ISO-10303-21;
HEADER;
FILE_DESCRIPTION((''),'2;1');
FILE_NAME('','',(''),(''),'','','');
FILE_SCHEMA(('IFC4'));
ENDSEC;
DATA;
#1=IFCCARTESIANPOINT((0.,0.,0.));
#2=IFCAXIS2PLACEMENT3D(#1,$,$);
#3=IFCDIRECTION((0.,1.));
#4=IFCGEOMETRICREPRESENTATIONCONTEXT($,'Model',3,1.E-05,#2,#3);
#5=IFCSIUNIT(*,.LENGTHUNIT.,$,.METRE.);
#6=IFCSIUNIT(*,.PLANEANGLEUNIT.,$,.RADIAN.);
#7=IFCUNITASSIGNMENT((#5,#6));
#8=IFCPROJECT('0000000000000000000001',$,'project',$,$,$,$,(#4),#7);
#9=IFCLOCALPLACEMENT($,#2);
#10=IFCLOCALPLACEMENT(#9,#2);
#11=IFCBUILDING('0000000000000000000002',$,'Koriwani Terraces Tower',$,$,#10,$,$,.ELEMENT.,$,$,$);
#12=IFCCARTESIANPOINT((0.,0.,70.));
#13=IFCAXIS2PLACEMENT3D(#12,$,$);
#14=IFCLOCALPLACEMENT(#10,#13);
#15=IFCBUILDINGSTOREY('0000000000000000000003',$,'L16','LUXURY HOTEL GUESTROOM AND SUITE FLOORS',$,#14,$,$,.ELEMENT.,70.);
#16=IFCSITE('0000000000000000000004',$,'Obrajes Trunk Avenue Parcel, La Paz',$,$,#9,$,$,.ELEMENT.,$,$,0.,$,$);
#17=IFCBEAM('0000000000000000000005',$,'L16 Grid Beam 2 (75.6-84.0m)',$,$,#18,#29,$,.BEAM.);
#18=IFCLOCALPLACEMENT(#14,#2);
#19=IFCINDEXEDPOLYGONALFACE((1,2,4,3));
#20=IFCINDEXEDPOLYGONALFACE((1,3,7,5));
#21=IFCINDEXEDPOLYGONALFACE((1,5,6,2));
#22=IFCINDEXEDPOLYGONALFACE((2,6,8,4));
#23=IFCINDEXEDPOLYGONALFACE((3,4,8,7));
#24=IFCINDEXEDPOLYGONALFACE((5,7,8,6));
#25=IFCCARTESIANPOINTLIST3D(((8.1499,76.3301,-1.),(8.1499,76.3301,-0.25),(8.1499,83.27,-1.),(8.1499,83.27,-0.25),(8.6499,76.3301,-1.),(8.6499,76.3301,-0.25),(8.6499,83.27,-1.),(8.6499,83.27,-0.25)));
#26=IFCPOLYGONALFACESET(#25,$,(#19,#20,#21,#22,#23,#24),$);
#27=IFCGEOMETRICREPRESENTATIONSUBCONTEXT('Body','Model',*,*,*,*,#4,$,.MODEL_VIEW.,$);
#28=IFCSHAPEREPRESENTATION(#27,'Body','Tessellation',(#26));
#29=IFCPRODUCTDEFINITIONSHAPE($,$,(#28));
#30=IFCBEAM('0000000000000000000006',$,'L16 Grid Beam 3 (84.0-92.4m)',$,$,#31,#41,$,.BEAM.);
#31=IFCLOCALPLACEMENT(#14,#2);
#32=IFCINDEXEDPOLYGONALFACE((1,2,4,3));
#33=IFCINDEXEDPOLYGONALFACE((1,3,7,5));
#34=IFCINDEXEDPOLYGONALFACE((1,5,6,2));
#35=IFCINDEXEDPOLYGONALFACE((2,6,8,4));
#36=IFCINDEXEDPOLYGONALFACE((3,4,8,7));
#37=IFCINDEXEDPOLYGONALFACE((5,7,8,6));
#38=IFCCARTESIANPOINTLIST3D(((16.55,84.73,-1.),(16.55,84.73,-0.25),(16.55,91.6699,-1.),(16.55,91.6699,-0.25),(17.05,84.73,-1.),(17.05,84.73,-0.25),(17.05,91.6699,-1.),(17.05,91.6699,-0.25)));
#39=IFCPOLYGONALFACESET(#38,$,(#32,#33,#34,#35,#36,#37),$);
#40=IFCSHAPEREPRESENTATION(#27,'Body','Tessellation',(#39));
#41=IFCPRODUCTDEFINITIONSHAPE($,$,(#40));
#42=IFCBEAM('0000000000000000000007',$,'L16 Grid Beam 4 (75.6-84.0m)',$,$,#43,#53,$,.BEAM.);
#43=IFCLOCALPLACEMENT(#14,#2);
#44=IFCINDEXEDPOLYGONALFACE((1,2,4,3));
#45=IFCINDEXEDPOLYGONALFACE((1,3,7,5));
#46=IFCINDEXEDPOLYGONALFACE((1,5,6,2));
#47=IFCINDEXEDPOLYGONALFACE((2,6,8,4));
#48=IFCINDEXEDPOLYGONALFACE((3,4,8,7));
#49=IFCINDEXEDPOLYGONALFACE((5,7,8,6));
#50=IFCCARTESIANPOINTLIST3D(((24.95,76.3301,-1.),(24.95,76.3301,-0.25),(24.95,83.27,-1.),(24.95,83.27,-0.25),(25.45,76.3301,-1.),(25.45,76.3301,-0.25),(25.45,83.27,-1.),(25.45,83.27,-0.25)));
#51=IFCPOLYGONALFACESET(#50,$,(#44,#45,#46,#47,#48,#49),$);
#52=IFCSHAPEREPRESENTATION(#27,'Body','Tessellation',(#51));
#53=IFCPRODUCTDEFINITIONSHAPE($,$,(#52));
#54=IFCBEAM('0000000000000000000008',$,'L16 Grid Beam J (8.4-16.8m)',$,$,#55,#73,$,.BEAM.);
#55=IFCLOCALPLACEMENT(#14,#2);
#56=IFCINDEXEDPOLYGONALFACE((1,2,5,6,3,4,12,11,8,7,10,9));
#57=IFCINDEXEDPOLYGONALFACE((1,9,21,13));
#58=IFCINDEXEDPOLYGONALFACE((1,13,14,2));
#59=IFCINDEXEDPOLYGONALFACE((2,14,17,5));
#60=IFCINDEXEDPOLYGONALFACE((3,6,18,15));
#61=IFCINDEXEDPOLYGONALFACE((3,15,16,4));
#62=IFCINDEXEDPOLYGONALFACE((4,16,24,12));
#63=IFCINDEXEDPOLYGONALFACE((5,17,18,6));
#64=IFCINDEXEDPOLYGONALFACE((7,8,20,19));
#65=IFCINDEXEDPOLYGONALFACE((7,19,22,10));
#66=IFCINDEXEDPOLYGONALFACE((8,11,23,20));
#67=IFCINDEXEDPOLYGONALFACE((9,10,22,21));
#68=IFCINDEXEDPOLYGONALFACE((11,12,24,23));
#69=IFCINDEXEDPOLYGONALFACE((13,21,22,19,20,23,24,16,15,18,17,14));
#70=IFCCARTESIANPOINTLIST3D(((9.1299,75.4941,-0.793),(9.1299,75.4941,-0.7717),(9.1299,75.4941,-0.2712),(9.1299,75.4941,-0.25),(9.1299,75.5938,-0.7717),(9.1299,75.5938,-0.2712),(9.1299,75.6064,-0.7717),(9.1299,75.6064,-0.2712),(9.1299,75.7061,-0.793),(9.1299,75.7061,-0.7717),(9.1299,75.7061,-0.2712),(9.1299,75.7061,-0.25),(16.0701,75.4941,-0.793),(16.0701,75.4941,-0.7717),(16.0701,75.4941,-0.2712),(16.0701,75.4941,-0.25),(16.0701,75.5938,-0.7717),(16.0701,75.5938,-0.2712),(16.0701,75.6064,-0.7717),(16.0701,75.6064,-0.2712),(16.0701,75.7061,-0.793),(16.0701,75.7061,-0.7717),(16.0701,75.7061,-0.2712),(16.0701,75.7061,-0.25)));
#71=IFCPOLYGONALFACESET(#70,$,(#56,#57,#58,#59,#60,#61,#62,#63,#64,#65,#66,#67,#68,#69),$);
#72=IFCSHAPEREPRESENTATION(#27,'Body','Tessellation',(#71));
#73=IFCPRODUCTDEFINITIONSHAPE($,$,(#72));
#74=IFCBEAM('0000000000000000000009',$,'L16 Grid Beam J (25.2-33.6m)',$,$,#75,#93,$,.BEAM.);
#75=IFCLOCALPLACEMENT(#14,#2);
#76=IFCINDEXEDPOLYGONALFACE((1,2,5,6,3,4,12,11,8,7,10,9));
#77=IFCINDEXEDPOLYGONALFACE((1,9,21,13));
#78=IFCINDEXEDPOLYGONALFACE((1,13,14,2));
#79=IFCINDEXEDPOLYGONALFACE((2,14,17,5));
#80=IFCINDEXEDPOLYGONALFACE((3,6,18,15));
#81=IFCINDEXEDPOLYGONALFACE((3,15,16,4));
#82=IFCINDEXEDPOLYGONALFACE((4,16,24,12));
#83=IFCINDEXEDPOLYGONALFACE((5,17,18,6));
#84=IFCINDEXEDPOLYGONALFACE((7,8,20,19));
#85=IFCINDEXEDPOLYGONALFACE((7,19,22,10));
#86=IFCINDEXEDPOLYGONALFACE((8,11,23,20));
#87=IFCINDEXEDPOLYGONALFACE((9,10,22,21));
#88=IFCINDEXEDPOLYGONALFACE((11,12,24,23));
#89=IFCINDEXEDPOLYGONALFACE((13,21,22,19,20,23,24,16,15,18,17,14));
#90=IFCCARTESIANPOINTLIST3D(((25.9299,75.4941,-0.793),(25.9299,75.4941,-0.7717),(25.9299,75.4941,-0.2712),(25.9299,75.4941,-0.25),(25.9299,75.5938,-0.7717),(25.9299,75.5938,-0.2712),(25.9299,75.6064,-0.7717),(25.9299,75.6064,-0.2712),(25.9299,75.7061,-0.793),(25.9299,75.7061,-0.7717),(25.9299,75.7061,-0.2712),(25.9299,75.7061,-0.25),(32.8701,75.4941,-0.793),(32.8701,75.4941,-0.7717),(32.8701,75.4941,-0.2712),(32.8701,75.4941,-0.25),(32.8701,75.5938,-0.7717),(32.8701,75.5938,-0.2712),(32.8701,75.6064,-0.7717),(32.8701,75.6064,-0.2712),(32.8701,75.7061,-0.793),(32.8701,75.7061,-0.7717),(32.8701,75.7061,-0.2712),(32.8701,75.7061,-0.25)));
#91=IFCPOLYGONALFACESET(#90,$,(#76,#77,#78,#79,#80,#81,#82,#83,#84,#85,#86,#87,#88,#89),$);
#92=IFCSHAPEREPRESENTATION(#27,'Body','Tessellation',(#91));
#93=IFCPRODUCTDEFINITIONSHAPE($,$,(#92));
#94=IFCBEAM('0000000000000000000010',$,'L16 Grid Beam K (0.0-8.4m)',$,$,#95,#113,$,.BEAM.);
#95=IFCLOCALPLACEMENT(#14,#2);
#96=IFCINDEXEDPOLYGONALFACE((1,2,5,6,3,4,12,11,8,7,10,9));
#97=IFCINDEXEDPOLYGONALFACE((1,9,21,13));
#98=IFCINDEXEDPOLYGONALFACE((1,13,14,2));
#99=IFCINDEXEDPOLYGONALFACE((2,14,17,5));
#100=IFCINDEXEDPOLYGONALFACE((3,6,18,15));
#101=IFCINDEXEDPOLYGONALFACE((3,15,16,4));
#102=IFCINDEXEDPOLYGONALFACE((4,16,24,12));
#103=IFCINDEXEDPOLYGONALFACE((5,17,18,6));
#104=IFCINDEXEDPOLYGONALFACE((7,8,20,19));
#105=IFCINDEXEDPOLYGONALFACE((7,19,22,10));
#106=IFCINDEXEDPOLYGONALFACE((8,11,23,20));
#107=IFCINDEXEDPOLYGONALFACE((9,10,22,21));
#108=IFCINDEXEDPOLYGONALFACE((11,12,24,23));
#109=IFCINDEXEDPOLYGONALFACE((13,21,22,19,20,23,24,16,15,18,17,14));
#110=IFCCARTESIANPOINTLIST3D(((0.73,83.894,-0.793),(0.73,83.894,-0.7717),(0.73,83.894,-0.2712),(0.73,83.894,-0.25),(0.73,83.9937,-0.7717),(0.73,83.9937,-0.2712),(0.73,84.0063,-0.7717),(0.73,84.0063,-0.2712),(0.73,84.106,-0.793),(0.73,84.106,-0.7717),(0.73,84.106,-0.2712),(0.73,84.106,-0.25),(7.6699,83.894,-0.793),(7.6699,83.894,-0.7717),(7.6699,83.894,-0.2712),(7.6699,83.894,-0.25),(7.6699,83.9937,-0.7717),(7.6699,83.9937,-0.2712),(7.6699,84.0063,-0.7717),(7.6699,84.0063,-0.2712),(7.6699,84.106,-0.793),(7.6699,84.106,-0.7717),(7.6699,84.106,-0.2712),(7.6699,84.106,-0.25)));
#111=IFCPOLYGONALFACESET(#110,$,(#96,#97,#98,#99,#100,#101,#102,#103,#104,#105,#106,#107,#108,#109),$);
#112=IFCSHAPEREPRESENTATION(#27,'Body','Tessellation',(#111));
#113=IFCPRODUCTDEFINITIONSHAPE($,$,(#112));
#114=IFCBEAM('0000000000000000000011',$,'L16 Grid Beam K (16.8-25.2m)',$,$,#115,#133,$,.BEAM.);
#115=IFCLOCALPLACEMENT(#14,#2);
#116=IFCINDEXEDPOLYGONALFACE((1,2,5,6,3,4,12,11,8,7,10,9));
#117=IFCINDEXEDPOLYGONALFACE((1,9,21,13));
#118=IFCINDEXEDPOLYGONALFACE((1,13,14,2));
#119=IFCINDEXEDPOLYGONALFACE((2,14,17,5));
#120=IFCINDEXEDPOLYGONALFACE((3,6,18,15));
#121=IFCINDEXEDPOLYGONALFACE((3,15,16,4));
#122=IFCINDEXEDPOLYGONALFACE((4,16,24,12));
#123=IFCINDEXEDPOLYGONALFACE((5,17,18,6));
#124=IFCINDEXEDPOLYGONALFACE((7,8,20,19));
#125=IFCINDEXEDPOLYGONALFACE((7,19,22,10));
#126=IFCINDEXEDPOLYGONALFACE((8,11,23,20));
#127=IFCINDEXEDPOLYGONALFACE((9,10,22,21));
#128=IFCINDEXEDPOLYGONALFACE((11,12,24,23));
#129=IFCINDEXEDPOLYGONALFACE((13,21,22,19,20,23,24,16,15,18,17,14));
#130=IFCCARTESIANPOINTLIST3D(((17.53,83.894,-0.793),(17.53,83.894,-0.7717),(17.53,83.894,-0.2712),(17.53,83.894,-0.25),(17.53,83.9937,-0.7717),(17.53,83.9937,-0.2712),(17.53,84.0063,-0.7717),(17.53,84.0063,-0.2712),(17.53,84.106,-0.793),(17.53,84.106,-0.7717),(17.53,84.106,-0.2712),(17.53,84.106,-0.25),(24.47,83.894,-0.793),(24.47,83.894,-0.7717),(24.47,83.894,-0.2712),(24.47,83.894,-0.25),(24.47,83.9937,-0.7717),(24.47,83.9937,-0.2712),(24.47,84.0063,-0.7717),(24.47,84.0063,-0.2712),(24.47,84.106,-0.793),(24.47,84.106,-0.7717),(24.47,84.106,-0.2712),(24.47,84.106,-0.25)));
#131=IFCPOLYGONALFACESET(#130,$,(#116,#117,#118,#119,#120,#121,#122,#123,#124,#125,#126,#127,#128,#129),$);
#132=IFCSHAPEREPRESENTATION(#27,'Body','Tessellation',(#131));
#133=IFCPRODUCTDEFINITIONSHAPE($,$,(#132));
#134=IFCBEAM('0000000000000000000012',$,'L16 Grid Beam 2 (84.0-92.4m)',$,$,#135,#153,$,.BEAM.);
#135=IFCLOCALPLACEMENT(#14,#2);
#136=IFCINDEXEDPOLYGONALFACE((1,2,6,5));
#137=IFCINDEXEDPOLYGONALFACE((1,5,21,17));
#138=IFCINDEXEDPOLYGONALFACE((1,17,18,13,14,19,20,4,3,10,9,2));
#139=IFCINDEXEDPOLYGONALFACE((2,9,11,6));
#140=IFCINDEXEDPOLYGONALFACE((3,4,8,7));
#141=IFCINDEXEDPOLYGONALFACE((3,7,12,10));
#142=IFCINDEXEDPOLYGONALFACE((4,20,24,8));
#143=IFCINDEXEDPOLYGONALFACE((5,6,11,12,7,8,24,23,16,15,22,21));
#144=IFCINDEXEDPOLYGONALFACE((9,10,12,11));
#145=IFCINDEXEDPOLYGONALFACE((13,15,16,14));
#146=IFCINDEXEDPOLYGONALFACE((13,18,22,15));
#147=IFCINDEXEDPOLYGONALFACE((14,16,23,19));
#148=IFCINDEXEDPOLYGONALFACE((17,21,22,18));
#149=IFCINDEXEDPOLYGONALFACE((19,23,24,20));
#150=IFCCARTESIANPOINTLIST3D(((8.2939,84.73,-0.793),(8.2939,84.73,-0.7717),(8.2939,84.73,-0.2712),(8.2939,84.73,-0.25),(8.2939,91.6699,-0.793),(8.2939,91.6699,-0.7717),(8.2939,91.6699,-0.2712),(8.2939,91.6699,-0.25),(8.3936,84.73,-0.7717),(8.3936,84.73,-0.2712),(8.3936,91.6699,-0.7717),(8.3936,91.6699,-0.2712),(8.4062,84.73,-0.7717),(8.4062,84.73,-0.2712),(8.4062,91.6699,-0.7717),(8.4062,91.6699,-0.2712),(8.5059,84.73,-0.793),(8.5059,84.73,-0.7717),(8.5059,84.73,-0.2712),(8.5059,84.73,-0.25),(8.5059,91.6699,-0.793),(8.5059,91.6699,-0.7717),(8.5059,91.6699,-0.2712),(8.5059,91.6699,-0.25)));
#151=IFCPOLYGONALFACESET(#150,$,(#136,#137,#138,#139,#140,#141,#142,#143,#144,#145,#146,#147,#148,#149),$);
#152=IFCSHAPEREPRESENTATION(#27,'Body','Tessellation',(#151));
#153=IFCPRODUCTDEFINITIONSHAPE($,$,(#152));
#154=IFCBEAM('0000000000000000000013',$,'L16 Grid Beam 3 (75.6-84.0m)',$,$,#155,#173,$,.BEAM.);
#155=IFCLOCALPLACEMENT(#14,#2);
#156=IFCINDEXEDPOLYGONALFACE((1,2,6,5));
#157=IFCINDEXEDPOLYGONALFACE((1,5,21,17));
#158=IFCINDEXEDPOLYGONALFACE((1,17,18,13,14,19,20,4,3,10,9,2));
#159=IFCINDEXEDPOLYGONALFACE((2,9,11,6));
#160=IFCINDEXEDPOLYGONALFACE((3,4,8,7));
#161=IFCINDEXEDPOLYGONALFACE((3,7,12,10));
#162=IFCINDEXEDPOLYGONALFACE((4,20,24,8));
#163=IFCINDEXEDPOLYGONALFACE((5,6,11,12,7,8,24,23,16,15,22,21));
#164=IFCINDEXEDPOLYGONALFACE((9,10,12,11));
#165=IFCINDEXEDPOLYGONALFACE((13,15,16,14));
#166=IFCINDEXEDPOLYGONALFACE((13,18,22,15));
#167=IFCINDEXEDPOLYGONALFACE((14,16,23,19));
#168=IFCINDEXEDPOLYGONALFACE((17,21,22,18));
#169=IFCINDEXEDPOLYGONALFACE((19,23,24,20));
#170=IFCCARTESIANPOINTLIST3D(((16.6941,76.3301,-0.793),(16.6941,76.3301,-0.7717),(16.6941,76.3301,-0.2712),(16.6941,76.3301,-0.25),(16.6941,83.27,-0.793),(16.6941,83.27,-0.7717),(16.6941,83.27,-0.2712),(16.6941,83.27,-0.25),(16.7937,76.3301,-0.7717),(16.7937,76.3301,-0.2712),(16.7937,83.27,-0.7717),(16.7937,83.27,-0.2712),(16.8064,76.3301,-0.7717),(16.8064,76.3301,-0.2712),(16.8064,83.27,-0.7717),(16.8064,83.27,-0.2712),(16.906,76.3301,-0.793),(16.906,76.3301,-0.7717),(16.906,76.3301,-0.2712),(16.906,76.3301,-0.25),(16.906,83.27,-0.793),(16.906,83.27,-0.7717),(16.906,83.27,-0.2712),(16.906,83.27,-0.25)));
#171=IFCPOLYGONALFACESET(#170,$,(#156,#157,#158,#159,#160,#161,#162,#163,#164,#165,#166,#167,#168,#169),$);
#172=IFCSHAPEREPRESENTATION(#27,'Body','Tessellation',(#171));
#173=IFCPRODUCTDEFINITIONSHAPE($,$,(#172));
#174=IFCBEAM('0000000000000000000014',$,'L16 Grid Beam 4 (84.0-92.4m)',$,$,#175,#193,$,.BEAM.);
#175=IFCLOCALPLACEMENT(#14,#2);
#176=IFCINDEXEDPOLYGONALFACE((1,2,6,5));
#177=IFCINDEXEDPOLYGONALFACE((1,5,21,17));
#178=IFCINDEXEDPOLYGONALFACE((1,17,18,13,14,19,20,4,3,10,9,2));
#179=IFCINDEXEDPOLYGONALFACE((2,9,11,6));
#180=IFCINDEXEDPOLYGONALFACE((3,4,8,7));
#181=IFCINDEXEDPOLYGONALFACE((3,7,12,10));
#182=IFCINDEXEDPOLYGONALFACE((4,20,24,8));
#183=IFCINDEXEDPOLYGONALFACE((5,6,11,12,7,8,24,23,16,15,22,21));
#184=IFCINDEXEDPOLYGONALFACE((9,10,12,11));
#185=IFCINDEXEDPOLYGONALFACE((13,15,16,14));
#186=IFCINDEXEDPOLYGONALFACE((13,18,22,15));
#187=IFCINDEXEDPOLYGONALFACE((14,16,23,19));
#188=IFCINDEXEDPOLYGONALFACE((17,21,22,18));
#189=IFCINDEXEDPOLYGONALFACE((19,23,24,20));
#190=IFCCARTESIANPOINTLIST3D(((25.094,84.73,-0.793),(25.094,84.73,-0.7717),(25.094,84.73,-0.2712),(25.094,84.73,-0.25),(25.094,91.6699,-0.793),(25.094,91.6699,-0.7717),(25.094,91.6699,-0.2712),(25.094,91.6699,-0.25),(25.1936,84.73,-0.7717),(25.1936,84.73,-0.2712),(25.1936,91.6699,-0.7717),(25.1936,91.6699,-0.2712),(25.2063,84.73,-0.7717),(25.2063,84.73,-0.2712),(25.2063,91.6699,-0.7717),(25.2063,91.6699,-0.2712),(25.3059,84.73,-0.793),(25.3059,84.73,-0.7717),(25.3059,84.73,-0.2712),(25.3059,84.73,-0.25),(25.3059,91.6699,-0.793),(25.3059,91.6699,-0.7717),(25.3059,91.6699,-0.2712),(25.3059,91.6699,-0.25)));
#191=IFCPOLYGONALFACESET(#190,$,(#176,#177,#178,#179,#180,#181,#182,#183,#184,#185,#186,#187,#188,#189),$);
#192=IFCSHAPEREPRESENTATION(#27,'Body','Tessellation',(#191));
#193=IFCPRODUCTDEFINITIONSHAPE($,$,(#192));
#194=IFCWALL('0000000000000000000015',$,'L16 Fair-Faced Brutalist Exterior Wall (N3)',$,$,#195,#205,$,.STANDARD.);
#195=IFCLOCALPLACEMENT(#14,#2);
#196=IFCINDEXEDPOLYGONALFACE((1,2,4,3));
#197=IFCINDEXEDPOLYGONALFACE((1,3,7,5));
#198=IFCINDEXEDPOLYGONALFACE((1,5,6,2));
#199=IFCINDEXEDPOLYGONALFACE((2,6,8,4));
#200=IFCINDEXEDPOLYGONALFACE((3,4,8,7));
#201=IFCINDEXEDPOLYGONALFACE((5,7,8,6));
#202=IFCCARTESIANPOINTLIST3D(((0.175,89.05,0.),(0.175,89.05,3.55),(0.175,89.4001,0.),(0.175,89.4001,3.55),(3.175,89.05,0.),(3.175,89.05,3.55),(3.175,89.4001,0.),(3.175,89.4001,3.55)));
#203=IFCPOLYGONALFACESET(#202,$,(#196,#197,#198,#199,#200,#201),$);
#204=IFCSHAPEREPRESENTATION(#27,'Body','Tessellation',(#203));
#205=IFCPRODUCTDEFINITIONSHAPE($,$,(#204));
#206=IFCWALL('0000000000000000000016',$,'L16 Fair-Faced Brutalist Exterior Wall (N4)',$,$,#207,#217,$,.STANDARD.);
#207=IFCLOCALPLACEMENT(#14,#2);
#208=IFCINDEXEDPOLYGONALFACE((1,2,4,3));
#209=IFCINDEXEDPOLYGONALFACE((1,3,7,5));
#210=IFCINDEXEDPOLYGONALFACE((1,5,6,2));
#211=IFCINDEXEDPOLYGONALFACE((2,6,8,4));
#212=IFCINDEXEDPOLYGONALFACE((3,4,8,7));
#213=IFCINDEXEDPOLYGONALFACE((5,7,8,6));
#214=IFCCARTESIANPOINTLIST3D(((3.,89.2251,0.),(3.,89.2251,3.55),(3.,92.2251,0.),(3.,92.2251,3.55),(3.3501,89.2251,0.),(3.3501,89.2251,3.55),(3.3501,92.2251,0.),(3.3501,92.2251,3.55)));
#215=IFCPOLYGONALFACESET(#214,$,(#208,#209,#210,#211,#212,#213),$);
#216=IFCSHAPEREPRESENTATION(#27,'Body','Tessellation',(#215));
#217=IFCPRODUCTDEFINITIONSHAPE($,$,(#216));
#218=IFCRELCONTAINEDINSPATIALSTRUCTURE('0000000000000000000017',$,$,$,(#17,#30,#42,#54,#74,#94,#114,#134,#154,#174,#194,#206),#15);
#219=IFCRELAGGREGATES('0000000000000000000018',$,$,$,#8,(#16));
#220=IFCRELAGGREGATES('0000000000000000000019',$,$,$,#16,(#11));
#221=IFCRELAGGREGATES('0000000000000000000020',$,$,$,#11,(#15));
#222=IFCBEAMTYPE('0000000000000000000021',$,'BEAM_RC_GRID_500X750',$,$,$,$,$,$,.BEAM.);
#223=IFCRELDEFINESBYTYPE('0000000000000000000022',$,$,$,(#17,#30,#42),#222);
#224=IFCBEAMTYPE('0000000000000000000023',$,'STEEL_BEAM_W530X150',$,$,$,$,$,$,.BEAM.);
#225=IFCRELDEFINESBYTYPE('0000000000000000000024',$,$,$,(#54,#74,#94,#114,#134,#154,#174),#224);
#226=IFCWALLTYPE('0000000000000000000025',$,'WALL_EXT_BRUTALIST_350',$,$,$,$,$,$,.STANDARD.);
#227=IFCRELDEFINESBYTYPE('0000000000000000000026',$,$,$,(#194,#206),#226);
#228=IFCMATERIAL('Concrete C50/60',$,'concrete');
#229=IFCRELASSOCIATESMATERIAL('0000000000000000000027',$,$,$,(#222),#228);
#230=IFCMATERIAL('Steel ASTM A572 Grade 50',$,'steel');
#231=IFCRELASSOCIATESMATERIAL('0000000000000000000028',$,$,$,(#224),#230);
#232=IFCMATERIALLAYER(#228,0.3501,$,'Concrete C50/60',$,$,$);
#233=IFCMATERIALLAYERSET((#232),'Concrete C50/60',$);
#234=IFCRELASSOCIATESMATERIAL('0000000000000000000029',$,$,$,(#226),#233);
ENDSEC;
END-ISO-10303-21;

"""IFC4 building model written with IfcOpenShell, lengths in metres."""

from ifc_helpers import new_model, si_unit, direction, frame, frame_2d, origin, origin_2d, place, context, subcontext, project, spatial, rectangle, i_section, extrude, material, layer, layer_set, material_profile, profile_set, type_object, element, save


model = new_model("IFC4")

# Units and contexts
model_context = context("Model", 3, precision=1e-05, world=origin(), true_north=direction((0.0, 1.0)))
body_context = subcontext(model_context, "Body", "Model", "MODEL_VIEW")
ifc_project = project(units=[si_unit("LENGTHUNIT", "METRE"), si_unit("PLANEANGLEUNIT", "RADIAN")], contexts=[model_context])

# Site, building, storey
site_placement = place(None, origin())
site = spatial("IfcSite", under=ifc_project, at=site_placement, Name="Obrajes Trunk Avenue Parcel, La Paz", CompositionType="ELEMENT", RefElevation=0.0)
building_placement = place(site_placement, origin())
building = spatial("IfcBuilding", under=site, at=building_placement, Name="Koriwani Terraces Tower", CompositionType="ELEMENT")
storey_placement = place(building_placement, frame((0.0, 0.0, 70.0)))
storey = spatial("IfcBuildingStorey", under=building, at=storey_placement, Name="L16", Description="LUXURY HOTEL GUESTROOM AND SUITE FLOORS", CompositionType="ELEMENT", Elevation=70.0)

# Beams
ifc_material_1 = material(Name="Concrete C50/60", Category="concrete")
ifc_material_profile_1 = material_profile(ifc_material_1, rectangle(XDim=0.5, YDim=0.75, at=origin_2d()), Name="Concrete C50/60", Category="LoadBearing")
ifc_profile_set_1 = profile_set([ifc_material_profile_1], Name="Concrete C50/60")
beam_type_1 = type_object("IfcBeamType", Name="BEAM_RC_GRID_500X750", PredefinedType="BEAM", material=ifc_profile_set_1)
for number, where, z_axis, x_axis, name in (
    (1, (8.3999, 76.3301, -0.625), (0.0, 1.0, 0.0), (-1.0, 0.0, 0.0), "L16 Grid Beam 2 (75.6-84.0m)"),
    (2, (16.8, 84.73, -0.625), (0.0, 1.0, 0.0), (-1.0, 0.0, 0.0), "L16 Grid Beam 3 (84.0-92.4m)"),
    (3, (25.2, 76.3301, -0.625), (0.0, 1.0, 0.0), (-1.0, 0.0, 0.0), "L16 Grid Beam 4 (75.6-84.0m)"),
):
    element("IfcBeam", number, at=place(storey_placement, frame(where, z_axis=z_axis, x_axis=x_axis)), inside=storey, type_object=beam_type_1, Name=name, PredefinedType="BEAM", context=body_context, shape_type="SweptSolid", body=[
        extrude(rectangle(XDim=0.5, YDim=0.75, at=origin_2d()), origin(), (0.0, 0.0, 1.0), 6.9399),
    ])
ifc_material_2 = material(Name="Steel ASTM A572 Grade 50", Category="steel")
ifc_material_profile_2 = material_profile(ifc_material_2, i_section(OverallWidth=0.2119, OverallDepth=0.543, WebThickness=0.0127, FlangeThickness=0.0212, at=origin_2d()), Name="Steel ASTM A572 Grade 50", Category="LoadBearing")
ifc_profile_set_2 = profile_set([ifc_material_profile_2], Name="Steel ASTM A572 Grade 50")
beam_type_2 = type_object("IfcBeamType", Name="STEEL_BEAM_W530X150", PredefinedType="BEAM", material=ifc_profile_set_2)
for number, where, z_axis, x_axis, name in (
    (4, (9.1299, 75.6001, -0.5215), (1.0, 0.0, 0.0), (0.0, 1.0, 0.0), "L16 Grid Beam J (8.4-16.8m)"),
    (5, (25.9299, 75.6001, -0.5215), (1.0, 0.0, 0.0), (0.0, 1.0, 0.0), "L16 Grid Beam J (25.2-33.6m)"),
):
    element("IfcBeam", number, at=place(storey_placement, frame(where, z_axis=z_axis, x_axis=x_axis)), inside=storey, type_object=beam_type_2, Name=name, PredefinedType="BEAM", context=body_context, shape_type="SweptSolid", body=[
        extrude(i_section(OverallWidth=0.2119, OverallDepth=0.543, WebThickness=0.0127, FlangeThickness=0.0212, at=origin_2d()), origin(), (0.0, 0.0, 1.0), 6.9402),
    ])
for number, where, z_axis, x_axis, name in (
    (6, (0.73, 84.0, -0.5215), (1.0, 0.0, 0.0), (0.0, 1.0, 0.0), "L16 Grid Beam K (0.0-8.4m)"),
    (7, (17.53, 84.0, -0.5215), (1.0, 0.0, 0.0), (0.0, 1.0, 0.0), "L16 Grid Beam K (16.8-25.2m)"),
    (8, (8.3999, 84.73, -0.5215), (0.0, 1.0, 0.0), (-1.0, 0.0, 0.0), "L16 Grid Beam 2 (84.0-92.4m)"),
    (9, (16.8, 76.3301, -0.5215), (0.0, 1.0, 0.0), (-1.0, 0.0, 0.0), "L16 Grid Beam 3 (75.6-84.0m)"),
    (10, (25.2, 84.73, -0.5215), (0.0, 1.0, 0.0), (-1.0, 0.0, 0.0), "L16 Grid Beam 4 (84.0-92.4m)"),
):
    element("IfcBeam", number, at=place(storey_placement, frame(where, z_axis=z_axis, x_axis=x_axis)), inside=storey, type_object=beam_type_2, Name=name, PredefinedType="BEAM", context=body_context, shape_type="SweptSolid", body=[
        extrude(i_section(OverallWidth=0.2119, OverallDepth=0.543, WebThickness=0.0127, FlangeThickness=0.0212, at=origin_2d()), origin(), (0.0, 0.0, 1.0), 6.9399),
    ])

# Walls
ifc_layer = layer(ifc_material_1, 0.3501, Name="Concrete C50/60")
ifc_layer_set = layer_set([ifc_layer], Name="Concrete C50/60")
wall_type = type_object("IfcWallType", Name="WALL_EXT_BRUTALIST_350", PredefinedType="STANDARD", material=ifc_layer_set)
for number, where, z_axis, x_axis, name in (
    (11, (0.175, 89.2251, 0.0), (0.0, 0.0, 1.0), (1.0, 0.0, 0.0), "L16 Fair-Faced Brutalist Exterior Wall (N3)"),
    (12, (3.175, 89.2251, 0.0), (0.0, 0.0, 1.0), (0.0, 1.0, 0.0), "L16 Fair-Faced Brutalist Exterior Wall (N4)"),
):
    element("IfcWall", number, at=place(storey_placement, frame(where, z_axis=z_axis, x_axis=x_axis)), inside=storey, type_object=wall_type, Name=name, PredefinedType="STANDARD", context=body_context, shape_type="SweptSolid", body=[
        extrude(rectangle(XDim=3.0, YDim=0.3501, at=frame_2d((1.5, 0.0))), origin(), (0.0, 0.0, 1.0), 3.55),
    ])

save(model, "model.ifc")
